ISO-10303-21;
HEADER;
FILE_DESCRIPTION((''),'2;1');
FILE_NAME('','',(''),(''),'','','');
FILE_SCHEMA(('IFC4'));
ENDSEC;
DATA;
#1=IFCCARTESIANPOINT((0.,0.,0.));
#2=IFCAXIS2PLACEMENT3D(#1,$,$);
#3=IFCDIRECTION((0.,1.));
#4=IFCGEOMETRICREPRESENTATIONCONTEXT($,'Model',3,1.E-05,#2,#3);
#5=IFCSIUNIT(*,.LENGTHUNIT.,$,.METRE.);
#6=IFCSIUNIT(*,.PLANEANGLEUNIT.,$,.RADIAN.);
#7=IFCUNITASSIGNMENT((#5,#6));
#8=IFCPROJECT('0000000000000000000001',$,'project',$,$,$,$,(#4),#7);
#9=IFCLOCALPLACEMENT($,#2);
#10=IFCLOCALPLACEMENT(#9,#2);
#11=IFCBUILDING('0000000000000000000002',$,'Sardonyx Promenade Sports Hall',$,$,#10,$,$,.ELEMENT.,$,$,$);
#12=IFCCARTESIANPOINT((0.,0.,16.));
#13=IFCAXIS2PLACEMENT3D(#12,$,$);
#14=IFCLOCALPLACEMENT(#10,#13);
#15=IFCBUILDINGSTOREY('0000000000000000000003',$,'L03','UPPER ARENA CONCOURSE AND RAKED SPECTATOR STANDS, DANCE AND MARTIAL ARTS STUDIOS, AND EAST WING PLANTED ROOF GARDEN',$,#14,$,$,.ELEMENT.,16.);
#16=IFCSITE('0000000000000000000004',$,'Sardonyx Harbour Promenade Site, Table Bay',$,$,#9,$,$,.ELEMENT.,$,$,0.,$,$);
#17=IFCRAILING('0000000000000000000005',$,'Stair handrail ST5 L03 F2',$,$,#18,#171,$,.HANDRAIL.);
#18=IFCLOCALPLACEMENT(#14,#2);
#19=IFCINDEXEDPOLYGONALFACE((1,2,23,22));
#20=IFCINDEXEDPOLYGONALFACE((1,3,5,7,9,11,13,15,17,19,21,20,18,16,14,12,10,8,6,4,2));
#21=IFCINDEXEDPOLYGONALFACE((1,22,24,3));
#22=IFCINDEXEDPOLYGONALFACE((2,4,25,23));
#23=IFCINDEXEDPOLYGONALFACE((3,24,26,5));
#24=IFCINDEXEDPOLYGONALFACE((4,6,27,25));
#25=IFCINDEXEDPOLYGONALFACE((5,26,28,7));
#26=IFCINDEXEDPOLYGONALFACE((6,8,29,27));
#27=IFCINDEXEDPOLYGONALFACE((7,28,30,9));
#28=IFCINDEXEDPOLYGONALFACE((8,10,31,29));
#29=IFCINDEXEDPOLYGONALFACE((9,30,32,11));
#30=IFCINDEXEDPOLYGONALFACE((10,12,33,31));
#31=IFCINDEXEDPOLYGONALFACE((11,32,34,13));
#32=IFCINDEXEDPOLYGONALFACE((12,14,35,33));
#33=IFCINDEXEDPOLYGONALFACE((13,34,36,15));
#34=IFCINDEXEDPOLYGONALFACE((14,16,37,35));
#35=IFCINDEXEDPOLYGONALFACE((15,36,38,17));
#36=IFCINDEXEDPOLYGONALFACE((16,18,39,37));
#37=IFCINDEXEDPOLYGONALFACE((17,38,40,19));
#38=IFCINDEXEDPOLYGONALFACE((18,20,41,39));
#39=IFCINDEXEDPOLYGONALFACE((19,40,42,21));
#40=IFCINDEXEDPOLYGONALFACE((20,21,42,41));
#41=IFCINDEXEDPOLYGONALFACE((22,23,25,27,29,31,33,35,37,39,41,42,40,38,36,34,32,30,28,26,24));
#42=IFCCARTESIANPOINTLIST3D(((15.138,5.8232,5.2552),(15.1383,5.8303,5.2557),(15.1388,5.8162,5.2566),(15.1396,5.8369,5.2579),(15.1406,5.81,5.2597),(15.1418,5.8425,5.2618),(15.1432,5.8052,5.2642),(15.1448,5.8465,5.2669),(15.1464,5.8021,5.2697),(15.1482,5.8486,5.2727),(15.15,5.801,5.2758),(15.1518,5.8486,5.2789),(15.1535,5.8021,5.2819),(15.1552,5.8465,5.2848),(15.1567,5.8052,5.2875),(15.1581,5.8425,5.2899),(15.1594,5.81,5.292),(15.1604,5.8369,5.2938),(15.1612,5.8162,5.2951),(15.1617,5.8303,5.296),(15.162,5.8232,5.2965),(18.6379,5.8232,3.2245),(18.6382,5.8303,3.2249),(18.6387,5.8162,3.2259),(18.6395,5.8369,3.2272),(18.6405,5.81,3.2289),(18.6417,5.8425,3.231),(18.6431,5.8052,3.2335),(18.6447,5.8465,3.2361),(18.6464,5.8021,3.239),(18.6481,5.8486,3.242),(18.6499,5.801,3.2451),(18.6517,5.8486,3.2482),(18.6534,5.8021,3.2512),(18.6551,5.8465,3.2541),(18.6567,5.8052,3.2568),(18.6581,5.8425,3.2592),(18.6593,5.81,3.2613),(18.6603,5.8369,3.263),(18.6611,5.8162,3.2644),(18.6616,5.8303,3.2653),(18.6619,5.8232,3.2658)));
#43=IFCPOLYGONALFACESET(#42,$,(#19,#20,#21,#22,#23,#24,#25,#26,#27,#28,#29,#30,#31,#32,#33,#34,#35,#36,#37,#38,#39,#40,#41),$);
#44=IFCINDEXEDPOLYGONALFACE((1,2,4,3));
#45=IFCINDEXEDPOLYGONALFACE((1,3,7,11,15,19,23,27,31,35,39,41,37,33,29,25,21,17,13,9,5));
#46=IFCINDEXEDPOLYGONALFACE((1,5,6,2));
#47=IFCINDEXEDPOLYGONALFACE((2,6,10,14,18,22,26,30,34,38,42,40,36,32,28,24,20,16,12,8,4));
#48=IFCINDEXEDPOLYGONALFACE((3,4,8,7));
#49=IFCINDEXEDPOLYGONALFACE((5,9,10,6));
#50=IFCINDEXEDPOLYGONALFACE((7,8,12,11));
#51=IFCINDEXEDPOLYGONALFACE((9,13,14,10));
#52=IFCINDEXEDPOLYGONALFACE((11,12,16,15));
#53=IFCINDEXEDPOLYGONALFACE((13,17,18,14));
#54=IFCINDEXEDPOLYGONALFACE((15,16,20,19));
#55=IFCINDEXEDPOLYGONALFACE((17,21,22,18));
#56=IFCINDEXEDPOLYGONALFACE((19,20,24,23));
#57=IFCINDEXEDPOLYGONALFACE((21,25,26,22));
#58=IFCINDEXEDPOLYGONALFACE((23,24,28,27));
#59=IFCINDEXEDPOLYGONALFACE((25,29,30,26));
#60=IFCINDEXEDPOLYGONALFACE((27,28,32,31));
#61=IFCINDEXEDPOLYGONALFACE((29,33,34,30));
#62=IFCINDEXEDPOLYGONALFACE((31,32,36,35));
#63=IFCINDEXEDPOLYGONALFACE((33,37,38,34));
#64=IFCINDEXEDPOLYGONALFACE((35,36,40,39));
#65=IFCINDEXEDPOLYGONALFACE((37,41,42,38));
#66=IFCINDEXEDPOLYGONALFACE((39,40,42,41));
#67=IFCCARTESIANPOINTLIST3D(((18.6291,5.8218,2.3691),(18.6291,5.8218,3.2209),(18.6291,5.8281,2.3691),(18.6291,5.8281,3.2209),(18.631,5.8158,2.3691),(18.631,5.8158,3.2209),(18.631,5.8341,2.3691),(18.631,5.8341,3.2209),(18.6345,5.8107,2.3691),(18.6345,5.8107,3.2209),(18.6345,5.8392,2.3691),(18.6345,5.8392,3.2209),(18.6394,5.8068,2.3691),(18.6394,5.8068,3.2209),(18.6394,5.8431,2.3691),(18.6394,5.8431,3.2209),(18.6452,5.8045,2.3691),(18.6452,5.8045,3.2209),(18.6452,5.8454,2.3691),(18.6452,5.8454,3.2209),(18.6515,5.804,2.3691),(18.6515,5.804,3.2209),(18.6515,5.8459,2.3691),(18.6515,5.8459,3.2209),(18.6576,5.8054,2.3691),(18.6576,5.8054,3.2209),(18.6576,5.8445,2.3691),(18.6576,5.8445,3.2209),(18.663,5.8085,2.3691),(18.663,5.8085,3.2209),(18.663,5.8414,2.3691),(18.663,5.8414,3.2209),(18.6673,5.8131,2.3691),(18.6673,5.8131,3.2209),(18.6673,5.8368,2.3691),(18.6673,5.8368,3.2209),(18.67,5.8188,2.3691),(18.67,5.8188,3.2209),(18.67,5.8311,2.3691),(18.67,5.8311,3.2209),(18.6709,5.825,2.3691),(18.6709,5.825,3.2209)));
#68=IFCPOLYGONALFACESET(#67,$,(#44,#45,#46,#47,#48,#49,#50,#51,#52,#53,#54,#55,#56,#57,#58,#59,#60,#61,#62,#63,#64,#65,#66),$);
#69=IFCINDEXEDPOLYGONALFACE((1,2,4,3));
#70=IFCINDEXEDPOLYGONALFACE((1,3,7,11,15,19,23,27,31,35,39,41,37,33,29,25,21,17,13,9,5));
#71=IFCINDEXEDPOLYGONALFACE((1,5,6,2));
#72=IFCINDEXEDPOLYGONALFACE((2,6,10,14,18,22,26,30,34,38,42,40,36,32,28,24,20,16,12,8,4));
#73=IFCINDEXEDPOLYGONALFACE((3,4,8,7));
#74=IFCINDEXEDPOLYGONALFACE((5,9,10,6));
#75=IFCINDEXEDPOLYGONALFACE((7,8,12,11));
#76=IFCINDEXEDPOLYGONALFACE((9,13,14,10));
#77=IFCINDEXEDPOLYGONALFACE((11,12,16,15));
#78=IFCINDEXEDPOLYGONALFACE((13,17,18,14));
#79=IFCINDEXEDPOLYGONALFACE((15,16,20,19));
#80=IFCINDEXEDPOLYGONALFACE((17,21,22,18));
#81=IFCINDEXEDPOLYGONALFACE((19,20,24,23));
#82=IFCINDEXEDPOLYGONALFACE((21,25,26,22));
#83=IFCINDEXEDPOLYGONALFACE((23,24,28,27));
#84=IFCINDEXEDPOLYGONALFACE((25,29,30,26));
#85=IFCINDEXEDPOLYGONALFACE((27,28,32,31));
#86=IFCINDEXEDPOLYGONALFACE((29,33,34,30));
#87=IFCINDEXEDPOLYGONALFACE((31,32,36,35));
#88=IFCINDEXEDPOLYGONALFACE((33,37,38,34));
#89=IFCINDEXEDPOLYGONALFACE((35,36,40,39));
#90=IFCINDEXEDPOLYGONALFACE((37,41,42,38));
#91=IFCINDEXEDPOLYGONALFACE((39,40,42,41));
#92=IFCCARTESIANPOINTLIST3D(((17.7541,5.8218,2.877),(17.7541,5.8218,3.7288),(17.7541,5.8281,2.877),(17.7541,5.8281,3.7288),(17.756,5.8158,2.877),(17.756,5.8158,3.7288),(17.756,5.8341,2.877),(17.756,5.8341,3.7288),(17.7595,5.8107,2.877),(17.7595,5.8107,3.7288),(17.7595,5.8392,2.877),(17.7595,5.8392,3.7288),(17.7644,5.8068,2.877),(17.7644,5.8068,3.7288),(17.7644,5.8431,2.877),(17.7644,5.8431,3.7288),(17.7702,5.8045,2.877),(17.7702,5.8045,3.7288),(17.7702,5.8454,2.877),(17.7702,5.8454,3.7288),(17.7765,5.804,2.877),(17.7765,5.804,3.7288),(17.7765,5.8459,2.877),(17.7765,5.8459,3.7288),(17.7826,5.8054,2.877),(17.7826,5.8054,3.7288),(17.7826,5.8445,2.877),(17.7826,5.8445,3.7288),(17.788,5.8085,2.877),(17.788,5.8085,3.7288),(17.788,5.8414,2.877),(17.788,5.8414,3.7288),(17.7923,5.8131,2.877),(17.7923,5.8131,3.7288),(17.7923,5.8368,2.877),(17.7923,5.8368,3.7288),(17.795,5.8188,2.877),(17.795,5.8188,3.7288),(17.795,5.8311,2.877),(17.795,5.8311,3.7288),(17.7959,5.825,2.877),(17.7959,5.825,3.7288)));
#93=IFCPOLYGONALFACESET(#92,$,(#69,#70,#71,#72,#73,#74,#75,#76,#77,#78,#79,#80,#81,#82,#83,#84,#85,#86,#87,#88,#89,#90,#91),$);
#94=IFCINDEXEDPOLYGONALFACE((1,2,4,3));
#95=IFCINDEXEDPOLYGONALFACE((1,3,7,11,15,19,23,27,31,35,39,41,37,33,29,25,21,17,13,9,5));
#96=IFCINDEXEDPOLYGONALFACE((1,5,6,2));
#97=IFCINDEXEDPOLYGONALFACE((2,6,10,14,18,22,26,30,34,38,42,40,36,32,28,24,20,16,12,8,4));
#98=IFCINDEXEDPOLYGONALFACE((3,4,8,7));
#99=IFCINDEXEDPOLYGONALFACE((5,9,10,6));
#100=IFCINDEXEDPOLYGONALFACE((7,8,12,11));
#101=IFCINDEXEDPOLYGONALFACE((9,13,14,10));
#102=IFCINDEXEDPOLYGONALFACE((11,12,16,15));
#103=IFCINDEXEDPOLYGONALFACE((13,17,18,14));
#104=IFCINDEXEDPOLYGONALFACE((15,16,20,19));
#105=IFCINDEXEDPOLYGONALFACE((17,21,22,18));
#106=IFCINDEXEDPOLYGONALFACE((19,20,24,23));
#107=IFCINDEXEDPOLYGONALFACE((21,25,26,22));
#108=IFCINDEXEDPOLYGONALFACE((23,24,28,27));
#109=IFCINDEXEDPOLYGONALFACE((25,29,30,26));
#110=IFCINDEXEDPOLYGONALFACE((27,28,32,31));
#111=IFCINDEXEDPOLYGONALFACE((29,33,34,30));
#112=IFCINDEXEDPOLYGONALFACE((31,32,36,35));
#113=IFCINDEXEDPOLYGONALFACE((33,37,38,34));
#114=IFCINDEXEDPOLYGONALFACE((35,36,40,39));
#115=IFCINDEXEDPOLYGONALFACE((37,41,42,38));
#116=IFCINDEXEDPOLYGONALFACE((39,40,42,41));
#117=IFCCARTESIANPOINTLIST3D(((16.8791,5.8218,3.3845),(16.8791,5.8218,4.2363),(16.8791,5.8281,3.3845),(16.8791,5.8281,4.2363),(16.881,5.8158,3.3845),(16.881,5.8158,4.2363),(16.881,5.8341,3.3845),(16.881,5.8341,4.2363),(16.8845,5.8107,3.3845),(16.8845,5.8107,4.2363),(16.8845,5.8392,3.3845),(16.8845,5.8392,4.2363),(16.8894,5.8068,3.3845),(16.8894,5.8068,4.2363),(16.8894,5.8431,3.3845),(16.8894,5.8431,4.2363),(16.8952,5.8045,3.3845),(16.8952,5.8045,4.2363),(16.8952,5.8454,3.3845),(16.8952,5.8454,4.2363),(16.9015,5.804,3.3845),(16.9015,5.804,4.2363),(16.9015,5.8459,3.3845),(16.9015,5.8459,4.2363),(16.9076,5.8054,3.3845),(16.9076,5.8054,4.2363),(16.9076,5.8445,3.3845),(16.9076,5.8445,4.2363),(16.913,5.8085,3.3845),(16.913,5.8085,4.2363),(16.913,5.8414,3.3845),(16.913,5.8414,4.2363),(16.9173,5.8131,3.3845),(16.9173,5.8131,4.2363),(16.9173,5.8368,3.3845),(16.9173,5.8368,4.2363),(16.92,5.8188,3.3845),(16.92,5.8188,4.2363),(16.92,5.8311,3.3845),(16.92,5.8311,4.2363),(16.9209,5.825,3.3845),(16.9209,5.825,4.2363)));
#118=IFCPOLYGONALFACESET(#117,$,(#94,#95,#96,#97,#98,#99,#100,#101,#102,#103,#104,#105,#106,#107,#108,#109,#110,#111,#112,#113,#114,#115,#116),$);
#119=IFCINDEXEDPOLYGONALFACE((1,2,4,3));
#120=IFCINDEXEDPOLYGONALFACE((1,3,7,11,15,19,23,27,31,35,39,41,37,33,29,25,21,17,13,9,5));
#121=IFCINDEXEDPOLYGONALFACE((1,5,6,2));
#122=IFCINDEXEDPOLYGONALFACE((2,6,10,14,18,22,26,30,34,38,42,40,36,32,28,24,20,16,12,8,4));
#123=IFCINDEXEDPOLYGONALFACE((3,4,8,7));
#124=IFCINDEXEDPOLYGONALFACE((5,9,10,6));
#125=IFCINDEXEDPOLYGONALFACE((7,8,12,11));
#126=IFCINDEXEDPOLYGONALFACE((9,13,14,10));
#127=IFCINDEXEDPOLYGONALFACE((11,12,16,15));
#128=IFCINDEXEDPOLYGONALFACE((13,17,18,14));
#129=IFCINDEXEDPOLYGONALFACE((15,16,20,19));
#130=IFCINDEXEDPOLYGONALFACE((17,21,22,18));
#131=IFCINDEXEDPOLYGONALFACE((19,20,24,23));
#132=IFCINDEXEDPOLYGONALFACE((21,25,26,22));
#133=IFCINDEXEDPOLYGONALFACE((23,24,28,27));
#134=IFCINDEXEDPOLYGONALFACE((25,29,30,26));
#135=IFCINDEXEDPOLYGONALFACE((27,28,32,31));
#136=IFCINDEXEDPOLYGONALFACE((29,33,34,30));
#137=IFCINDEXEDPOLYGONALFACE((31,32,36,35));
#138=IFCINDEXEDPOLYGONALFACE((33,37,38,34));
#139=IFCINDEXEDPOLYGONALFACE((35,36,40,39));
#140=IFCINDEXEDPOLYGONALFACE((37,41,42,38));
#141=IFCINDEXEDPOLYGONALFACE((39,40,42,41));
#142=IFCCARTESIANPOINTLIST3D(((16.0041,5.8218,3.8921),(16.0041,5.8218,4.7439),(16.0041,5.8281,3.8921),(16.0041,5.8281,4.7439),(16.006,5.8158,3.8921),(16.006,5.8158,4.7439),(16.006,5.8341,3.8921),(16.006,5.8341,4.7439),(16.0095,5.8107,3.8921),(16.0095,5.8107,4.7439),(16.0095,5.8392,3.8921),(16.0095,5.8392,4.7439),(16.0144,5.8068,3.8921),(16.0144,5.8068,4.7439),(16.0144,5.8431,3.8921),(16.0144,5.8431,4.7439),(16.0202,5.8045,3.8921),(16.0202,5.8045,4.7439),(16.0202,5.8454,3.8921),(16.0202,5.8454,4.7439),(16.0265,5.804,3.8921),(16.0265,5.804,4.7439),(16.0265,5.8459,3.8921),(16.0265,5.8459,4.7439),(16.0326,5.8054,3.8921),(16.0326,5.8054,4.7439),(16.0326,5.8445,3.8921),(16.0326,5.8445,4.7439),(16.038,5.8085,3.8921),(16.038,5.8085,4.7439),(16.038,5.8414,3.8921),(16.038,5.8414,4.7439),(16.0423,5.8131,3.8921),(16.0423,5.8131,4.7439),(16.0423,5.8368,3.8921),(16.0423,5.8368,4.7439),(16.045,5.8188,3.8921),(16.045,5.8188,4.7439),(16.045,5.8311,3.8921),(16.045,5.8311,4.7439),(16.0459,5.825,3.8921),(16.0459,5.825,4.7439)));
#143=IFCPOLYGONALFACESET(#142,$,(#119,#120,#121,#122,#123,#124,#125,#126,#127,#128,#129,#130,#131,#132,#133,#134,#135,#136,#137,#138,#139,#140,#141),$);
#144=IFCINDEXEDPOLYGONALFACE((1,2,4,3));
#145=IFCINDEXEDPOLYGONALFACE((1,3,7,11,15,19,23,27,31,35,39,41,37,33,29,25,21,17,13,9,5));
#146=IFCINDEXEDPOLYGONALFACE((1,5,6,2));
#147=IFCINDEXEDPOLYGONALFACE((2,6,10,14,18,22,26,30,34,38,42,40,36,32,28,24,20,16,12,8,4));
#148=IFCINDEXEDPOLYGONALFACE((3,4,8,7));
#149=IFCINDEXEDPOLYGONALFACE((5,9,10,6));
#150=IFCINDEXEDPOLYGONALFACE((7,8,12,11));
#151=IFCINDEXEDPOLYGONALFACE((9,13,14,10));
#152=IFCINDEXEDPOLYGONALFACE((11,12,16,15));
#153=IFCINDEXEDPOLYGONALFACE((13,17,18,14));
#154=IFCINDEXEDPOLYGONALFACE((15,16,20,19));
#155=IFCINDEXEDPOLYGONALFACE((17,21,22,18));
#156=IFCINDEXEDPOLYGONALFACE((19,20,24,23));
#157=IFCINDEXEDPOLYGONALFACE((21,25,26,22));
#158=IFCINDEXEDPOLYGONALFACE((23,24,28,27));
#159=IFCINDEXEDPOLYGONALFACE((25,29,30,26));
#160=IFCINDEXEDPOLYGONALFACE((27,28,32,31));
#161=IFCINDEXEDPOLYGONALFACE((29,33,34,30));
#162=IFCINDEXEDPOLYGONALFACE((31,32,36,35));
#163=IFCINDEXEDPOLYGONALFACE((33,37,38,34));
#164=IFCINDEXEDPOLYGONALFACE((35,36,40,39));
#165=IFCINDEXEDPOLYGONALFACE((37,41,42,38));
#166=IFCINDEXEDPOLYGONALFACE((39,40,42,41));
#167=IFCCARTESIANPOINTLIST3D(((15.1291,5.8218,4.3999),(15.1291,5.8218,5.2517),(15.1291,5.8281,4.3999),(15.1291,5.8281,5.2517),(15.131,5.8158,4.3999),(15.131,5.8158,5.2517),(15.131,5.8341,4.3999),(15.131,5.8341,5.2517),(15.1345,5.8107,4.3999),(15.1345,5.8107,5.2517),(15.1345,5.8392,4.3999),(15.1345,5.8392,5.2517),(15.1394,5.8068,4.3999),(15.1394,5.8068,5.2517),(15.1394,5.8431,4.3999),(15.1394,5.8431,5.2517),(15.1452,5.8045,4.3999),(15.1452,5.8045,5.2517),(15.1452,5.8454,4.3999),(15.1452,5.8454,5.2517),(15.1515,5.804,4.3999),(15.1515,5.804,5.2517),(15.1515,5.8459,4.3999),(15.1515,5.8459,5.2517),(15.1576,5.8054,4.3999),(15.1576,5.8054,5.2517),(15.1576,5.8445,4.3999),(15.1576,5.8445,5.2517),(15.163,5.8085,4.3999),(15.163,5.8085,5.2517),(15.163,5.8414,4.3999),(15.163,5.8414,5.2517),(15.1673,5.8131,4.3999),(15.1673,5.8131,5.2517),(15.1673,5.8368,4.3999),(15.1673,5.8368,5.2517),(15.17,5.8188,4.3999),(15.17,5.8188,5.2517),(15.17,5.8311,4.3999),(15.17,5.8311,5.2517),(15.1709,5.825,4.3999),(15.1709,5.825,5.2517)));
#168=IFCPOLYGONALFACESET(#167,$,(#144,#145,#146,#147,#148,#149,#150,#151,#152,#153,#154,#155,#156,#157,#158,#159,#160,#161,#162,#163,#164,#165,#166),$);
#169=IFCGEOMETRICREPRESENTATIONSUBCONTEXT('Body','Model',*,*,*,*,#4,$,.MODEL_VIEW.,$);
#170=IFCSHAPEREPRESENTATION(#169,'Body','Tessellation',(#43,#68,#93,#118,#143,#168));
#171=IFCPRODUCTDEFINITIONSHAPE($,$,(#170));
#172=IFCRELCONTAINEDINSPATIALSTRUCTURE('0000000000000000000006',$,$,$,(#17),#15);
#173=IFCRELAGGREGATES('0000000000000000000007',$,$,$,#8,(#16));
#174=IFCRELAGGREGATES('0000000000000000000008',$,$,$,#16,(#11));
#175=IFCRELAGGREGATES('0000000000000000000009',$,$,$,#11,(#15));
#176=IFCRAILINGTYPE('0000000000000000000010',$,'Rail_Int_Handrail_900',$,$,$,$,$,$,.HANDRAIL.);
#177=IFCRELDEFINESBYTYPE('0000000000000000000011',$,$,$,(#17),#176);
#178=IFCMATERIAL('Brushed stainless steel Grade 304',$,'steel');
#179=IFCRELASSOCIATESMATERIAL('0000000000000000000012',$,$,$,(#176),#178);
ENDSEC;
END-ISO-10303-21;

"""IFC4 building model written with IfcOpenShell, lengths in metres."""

from ifc_helpers import new_model, si_unit, direction, frame, origin, origin_2d, place, context, subcontext, project, spatial, circle, extrude, material, type_object, element, save


model = new_model("IFC4")

# Units and contexts
model_context = context("Model", 3, precision=1e-05, world=origin(), true_north=direction((0.0, 1.0)))
body_context = subcontext(model_context, "Body", "Model", "MODEL_VIEW")
ifc_project = project(units=[si_unit("LENGTHUNIT", "METRE"), si_unit("PLANEANGLEUNIT", "RADIAN")], contexts=[model_context])

# Site, building, storey
site_placement = place(None, origin())
site = spatial("IfcSite", under=ifc_project, at=site_placement, Name="Sardonyx Harbour Promenade Site, Table Bay", CompositionType="ELEMENT", RefElevation=0.0)
building_placement = place(site_placement, origin())
building = spatial("IfcBuilding", under=site, at=building_placement, Name="Sardonyx Promenade Sports Hall", CompositionType="ELEMENT")
storey_placement = place(building_placement, frame((0.0, 0.0, 16.0)))
storey = spatial("IfcBuildingStorey", under=building, at=storey_placement, Name="L03", Description="UPPER ARENA CONCOURSE AND RAKED SPECTATOR STANDS, DANCE AND MARTIAL ARTS STUDIOS, AND EAST WING PLANTED ROOF GARDEN", CompositionType="ELEMENT", Elevation=16.0)

# Railing
ifc_material_1 = material(Name="Brushed stainless steel Grade 304", Category="steel")
railing_type = type_object("IfcRailingType", Name="Rail_Int_Handrail_900", PredefinedType="HANDRAIL", material=ifc_material_1)
railing_placement = place(storey_placement, frame((18.6499, 5.825, 2.3691)))
element("IfcRailing", 1, at=railing_placement, inside=storey, type_object=railing_type, Name="Stair handrail ST5 L03 F2", PredefinedType="HANDRAIL", context=body_context, shape_type="SweptSolid", body=[
    extrude(circle(Radius=0.0239, at=origin_2d()), frame((0.0, 0.0, 0.876), z_axis=(-0.864949, 0.0, 0.501859), x_axis=(0.0, -1.0, 0.0)), (0.0, 0.0, 1.0), 4.0464),
    extrude(circle(Radius=0.021, at=origin_2d()), origin(), (0.0, 0.0, 1.0), 0.8518),
    extrude(circle(Radius=0.021, at=origin_2d()), frame((-0.875, 0.0, 0.5078)), (0.0, 0.0, 1.0), 0.8518),
    extrude(circle(Radius=0.021, at=origin_2d()), frame((-1.75, 0.0, 1.0154)), (0.0, 0.0, 1.0), 0.8518),
    extrude(circle(Radius=0.021, at=origin_2d()), frame((-2.625, 0.0, 1.5229)), (0.0, 0.0, 1.0), 0.8518),
    extrude(circle(Radius=0.021, at=origin_2d()), frame((-3.5, 0.0, 2.0308)), (0.0, 0.0, 1.0), 0.8518),
])

save(model, "model.ifc")
